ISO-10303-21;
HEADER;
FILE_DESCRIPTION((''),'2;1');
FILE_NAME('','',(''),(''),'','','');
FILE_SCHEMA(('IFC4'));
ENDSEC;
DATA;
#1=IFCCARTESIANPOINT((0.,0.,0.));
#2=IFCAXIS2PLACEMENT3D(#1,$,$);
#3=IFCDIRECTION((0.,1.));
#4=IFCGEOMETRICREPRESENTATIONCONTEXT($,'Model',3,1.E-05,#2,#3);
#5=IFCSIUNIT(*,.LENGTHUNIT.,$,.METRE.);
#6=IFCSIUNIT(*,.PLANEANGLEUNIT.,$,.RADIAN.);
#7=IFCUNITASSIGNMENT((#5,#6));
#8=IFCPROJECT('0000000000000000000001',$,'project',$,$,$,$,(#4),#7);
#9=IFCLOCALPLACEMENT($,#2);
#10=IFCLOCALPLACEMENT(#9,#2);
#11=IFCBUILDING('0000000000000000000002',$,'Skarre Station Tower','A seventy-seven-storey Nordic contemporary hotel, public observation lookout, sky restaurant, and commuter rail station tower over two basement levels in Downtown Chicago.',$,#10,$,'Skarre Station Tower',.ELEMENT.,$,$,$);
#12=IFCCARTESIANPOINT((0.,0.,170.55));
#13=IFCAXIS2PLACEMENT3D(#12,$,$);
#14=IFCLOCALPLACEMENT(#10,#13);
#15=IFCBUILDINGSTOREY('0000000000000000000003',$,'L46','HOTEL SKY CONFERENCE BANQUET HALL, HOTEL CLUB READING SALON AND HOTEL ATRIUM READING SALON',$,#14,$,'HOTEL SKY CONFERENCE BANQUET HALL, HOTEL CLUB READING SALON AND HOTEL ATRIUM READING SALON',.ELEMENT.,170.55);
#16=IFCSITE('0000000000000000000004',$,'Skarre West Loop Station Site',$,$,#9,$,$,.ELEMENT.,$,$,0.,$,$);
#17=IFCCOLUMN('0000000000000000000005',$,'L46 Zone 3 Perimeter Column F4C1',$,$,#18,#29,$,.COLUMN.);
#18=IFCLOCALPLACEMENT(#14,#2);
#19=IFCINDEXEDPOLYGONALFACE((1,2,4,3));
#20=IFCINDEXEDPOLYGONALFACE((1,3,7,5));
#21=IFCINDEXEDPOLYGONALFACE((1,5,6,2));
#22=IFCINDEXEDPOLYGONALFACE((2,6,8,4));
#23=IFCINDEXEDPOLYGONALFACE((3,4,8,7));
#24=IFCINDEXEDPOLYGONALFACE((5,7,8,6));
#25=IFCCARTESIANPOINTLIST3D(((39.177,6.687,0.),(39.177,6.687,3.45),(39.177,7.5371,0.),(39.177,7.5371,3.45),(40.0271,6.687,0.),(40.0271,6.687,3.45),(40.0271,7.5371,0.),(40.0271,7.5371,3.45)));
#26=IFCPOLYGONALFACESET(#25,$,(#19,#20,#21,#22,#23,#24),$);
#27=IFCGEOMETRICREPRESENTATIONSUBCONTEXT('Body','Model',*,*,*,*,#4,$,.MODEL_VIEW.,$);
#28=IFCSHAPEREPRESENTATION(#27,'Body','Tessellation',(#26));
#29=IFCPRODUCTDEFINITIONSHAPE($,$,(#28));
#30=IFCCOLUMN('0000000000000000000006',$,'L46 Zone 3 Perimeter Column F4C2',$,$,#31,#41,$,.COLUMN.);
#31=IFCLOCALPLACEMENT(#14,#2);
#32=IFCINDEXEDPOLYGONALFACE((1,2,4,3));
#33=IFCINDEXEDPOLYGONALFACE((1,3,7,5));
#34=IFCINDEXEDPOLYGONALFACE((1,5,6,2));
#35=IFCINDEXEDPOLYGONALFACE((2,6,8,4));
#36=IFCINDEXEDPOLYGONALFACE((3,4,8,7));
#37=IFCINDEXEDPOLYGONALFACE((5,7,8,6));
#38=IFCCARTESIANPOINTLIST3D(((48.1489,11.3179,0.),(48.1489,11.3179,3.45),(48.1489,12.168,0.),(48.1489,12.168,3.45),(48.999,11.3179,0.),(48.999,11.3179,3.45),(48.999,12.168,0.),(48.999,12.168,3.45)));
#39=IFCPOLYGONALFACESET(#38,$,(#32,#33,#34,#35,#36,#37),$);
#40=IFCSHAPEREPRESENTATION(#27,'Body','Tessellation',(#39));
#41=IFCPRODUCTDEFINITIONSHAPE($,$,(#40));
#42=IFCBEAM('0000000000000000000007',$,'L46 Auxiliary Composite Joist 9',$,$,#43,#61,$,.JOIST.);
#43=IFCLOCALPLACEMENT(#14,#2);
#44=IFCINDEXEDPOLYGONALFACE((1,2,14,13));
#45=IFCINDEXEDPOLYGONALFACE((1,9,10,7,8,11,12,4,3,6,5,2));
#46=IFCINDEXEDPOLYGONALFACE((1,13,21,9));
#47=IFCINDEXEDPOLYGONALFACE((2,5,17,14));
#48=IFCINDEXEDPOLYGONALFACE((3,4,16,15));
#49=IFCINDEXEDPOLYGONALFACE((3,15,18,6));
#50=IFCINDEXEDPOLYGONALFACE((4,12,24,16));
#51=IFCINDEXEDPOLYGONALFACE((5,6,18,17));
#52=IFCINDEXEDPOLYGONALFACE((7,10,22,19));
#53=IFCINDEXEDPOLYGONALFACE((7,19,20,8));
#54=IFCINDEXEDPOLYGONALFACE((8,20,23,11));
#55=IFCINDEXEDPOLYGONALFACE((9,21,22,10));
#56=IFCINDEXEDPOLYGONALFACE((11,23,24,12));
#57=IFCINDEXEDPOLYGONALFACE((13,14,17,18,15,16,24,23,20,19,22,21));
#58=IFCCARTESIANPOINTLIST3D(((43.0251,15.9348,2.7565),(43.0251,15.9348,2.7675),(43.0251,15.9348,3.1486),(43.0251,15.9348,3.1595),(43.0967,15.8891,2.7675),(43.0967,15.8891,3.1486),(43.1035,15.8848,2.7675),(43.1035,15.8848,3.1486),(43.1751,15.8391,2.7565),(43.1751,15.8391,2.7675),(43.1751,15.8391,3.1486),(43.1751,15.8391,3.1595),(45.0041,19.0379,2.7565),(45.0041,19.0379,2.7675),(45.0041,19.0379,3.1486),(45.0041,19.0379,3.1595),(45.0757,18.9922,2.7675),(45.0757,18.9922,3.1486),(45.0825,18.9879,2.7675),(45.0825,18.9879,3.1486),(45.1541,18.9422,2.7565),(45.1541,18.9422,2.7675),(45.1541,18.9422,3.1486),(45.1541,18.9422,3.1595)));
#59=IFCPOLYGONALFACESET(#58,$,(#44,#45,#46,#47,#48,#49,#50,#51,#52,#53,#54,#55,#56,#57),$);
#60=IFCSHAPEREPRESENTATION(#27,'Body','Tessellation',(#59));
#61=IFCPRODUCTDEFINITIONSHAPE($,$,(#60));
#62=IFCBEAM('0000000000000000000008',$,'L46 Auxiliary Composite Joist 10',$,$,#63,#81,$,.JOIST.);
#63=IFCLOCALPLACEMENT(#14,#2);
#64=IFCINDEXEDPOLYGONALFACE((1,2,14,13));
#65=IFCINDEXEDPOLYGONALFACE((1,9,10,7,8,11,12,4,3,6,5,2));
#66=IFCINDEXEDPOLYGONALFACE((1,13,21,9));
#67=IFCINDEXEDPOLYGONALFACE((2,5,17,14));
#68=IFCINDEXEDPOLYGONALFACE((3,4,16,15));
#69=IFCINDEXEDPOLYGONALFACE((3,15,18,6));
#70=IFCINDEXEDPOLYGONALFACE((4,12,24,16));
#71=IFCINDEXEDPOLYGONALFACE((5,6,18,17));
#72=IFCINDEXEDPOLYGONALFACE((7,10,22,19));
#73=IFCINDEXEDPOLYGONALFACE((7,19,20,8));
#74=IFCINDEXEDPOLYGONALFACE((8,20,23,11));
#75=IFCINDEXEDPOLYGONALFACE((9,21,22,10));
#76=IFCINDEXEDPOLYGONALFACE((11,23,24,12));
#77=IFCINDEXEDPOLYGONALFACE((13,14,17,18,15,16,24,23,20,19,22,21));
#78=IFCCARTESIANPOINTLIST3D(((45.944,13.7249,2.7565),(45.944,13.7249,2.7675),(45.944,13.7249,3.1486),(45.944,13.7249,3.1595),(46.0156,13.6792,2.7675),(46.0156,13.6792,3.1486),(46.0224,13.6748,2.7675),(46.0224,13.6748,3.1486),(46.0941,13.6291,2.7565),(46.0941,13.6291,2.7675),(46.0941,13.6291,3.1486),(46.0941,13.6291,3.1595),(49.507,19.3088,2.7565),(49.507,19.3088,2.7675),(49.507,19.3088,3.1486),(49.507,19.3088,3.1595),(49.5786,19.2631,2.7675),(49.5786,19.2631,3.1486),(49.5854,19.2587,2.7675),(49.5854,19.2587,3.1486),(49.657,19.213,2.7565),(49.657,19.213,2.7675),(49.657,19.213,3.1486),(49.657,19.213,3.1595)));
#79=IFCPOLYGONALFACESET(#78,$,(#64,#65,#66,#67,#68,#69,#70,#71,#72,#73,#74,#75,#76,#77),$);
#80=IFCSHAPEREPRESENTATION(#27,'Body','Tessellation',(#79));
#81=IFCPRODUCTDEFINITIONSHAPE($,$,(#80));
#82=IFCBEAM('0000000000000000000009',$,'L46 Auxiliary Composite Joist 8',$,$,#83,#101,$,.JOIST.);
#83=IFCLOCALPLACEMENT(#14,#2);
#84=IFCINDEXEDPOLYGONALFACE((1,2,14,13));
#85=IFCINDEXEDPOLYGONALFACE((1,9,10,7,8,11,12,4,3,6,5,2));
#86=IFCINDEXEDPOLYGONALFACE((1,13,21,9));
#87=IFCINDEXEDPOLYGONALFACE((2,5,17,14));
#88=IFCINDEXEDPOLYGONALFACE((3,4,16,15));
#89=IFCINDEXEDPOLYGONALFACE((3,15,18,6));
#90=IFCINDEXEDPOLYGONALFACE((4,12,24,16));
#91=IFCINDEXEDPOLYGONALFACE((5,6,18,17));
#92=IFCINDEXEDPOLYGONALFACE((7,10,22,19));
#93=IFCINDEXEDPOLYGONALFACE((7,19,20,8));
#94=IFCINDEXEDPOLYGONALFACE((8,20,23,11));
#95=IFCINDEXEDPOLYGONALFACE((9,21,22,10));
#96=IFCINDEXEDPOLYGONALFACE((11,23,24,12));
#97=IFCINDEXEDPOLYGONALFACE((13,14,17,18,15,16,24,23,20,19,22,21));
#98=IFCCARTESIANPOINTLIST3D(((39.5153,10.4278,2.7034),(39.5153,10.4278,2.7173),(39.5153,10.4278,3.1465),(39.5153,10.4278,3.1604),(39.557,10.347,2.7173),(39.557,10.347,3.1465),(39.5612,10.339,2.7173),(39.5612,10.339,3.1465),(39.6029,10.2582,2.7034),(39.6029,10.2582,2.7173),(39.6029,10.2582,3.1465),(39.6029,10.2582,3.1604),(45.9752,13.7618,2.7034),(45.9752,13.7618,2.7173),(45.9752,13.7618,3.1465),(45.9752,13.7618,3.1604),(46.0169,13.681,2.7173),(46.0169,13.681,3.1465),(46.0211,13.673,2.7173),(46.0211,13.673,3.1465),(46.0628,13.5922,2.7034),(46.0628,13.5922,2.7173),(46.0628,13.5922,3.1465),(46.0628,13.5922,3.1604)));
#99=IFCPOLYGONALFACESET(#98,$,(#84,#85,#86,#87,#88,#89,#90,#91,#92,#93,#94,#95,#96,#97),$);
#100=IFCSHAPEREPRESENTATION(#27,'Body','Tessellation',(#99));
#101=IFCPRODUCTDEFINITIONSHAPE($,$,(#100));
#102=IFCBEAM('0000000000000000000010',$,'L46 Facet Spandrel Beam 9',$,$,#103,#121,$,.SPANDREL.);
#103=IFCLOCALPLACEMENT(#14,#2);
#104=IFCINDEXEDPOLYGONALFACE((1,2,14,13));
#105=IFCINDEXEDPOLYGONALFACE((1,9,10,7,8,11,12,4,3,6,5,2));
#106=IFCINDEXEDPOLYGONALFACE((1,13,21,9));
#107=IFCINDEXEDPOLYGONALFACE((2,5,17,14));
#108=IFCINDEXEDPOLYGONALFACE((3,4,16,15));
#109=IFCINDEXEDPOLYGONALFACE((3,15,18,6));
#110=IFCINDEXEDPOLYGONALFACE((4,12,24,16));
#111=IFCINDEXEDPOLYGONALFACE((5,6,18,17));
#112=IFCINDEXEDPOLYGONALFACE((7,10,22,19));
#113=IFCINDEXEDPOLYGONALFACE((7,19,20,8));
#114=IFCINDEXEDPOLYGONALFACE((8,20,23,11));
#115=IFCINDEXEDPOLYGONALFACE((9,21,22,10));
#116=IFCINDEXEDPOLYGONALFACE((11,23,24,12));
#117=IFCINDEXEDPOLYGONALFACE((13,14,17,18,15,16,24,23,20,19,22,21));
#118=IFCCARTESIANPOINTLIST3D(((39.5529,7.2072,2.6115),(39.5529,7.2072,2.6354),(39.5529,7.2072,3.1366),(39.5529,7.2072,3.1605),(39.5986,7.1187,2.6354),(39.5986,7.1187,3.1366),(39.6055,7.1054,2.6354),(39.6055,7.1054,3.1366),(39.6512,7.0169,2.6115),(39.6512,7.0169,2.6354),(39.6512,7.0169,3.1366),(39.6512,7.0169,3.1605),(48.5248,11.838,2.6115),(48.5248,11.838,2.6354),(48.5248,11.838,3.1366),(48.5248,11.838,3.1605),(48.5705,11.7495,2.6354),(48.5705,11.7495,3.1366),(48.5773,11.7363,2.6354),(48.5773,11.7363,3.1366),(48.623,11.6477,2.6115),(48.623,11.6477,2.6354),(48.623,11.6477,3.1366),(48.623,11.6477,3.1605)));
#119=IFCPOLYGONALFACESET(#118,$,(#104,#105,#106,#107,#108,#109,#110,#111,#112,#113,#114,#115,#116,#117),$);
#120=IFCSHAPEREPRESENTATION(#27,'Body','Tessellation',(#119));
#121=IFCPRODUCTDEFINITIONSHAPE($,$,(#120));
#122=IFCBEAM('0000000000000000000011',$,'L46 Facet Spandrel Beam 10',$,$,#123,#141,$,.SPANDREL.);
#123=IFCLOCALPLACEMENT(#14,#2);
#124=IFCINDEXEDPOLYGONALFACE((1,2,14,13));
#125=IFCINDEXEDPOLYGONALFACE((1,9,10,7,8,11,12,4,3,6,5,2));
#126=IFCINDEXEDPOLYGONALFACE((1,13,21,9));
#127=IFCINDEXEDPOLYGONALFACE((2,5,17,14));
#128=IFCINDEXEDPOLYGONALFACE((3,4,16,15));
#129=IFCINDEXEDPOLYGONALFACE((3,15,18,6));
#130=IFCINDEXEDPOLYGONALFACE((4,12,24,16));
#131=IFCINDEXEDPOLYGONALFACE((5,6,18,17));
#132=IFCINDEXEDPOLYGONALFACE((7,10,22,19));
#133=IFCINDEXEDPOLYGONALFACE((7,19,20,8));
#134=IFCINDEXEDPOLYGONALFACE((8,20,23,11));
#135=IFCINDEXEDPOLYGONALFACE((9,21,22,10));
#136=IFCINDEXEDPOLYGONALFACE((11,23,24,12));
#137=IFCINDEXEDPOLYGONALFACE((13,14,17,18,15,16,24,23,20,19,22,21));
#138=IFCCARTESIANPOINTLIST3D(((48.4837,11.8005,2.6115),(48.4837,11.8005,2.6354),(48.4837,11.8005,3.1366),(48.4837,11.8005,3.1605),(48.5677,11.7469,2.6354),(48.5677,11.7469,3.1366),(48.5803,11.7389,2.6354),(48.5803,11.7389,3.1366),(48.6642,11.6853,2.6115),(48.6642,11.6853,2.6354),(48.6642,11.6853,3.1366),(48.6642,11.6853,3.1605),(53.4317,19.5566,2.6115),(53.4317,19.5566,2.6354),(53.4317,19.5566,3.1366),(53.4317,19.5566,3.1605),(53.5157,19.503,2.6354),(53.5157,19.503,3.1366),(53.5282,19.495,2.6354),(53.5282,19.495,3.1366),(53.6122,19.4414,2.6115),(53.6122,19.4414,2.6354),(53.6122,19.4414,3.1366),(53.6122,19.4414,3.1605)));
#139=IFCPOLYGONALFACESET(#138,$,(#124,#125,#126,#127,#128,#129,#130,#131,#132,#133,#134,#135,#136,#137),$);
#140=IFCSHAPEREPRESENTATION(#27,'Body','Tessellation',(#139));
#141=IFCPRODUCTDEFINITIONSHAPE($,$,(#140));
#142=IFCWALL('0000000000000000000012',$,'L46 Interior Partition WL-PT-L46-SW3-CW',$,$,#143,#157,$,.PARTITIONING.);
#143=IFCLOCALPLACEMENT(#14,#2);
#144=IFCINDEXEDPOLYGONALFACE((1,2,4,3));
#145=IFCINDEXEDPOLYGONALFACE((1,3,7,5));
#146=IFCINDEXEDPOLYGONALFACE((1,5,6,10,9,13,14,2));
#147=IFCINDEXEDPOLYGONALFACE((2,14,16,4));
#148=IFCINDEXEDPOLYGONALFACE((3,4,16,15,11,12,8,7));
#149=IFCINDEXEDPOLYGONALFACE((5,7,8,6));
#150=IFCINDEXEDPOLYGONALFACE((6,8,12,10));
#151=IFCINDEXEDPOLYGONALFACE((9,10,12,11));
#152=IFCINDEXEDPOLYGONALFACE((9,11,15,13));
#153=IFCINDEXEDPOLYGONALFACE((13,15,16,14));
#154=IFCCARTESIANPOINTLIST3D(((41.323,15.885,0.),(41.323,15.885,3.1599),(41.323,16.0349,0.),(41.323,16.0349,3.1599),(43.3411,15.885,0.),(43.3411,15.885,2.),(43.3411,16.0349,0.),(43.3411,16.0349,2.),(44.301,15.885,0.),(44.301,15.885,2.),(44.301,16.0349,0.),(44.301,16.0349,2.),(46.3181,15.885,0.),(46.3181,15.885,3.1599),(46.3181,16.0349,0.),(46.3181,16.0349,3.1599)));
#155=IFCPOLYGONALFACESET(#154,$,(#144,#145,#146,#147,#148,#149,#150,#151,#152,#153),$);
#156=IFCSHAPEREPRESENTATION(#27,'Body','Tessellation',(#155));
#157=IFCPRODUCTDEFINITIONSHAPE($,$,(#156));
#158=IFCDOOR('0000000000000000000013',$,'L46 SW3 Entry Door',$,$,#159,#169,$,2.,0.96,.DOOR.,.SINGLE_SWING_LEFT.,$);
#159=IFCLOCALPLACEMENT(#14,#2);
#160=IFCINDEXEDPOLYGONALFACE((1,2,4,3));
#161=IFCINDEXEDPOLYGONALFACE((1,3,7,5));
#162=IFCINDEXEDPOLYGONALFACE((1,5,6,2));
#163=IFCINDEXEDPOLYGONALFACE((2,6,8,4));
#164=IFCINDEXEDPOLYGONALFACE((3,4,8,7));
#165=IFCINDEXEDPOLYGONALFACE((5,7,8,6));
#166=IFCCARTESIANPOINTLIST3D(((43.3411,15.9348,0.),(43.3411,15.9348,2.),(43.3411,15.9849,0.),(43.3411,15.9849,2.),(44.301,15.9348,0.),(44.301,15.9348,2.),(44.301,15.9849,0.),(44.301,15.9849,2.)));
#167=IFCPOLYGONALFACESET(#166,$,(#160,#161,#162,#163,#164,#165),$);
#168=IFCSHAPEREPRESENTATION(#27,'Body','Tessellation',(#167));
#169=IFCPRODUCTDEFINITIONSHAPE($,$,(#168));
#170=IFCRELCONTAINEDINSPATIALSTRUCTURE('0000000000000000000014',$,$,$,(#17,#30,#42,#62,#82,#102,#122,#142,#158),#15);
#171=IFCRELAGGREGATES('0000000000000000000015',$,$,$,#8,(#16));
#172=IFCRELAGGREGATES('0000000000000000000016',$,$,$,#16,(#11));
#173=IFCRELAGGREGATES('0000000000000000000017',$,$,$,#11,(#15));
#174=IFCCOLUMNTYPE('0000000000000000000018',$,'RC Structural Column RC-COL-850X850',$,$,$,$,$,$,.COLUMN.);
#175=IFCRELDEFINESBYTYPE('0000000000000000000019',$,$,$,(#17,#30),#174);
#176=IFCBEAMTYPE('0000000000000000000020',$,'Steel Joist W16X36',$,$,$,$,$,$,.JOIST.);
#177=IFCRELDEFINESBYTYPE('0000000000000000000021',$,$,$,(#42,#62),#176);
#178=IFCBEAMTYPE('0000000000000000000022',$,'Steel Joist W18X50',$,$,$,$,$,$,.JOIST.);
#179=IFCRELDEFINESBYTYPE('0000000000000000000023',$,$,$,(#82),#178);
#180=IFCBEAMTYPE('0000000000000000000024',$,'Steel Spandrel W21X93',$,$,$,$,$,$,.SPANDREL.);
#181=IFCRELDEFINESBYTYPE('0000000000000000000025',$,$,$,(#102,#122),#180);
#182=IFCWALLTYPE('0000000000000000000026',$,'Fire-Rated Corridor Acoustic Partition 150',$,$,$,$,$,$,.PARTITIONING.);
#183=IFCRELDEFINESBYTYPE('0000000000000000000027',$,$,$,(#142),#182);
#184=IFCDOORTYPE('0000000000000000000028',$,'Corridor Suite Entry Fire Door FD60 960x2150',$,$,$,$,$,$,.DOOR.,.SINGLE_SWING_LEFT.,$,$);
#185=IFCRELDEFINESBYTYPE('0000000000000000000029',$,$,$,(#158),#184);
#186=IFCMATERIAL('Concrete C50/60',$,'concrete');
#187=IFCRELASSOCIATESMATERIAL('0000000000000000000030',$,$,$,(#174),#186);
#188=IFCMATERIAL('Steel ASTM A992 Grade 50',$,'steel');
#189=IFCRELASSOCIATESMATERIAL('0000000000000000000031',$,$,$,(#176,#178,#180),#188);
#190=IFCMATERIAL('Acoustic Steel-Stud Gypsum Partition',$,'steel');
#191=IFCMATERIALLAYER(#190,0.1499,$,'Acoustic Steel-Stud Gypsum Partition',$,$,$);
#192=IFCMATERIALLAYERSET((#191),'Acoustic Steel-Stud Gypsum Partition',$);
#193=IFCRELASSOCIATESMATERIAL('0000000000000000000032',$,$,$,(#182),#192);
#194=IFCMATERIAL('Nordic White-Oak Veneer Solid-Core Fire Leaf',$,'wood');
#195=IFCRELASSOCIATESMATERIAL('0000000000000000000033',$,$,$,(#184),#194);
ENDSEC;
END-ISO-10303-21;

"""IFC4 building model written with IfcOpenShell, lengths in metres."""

from ifc_helpers import new_model, si_unit, direction, frame, frame_2d, origin, origin_2d, place, context, subcontext, project, spatial, rectangle, i_section, extrude, material, layer, layer_set, material_profile, profile_set, type_object, element, fill, save


model = new_model("IFC4")

# Units and contexts
model_context = context("Model", 3, precision=1e-05, world=origin(), true_north=direction((0.0, 1.0)))
body_context = subcontext(model_context, "Body", "Model", "MODEL_VIEW")
ifc_project = project(units=[si_unit("LENGTHUNIT", "METRE"), si_unit("PLANEANGLEUNIT", "RADIAN")], contexts=[model_context])

# Site, building, storey
site_placement = place(None, origin())
site = spatial("IfcSite", under=ifc_project, at=site_placement, Name="Skarre West Loop Station Site", CompositionType="ELEMENT", RefElevation=0.0)
building_placement = place(site_placement, origin())
building = spatial("IfcBuilding", under=site, at=building_placement, Name="Skarre Station Tower", Description="A seventy-seven-storey Nordic contemporary hotel, public observation lookout, sky restaurant, and commuter rail station tower over two basement levels in Downtown Chicago.", LongName="Skarre Station Tower", CompositionType="ELEMENT")
storey_placement = place(building_placement, frame((0.0, 0.0, 170.55)))
storey = spatial("IfcBuildingStorey", under=building, at=storey_placement, Name="L46", Description="HOTEL SKY CONFERENCE BANQUET HALL, HOTEL CLUB READING SALON AND HOTEL ATRIUM READING SALON", LongName="HOTEL SKY CONFERENCE BANQUET HALL, HOTEL CLUB READING SALON AND HOTEL ATRIUM READING SALON", CompositionType="ELEMENT", Elevation=170.55)

# Columns
ifc_material_1 = material(Name="Concrete C50/60", Category="concrete")
ifc_material_profile_1 = material_profile(ifc_material_1, rectangle(XDim=0.8501, YDim=0.8501, at=origin_2d()), Name="Concrete C50/60")
ifc_profile_set_1 = profile_set([ifc_material_profile_1], Name="Concrete C50/60")
column_type = type_object("IfcColumnType", Name="RC Structural Column RC-COL-850X850", PredefinedType="COLUMN", material=ifc_profile_set_1)
for number, where, z_axis, x_axis, name in (
    (1, (39.6021, 7.1121, 0.0), (0.0, 0.0, 1.0), (1.0, 0.0, 0.0), "L46 Zone 3 Perimeter Column F4C1"),
    (2, (48.574, 11.7429, 0.0), (0.0, 0.0, 1.0), (1.0, 0.0, 0.0), "L46 Zone 3 Perimeter Column F4C2"),
):
    element("IfcColumn", number, at=place(storey_placement, frame(where, z_axis=z_axis, x_axis=x_axis)), inside=storey, type_object=column_type, Name=name, PredefinedType="COLUMN", context=body_context, shape_type="SweptSolid", body=[
        extrude(rectangle(XDim=0.8501, YDim=0.8501, at=origin_2d()), origin(), (0.0, 0.0, 1.0), 3.45),
    ])

# Beams
ifc_material_2 = material(Name="Steel ASTM A992 Grade 50", Category="steel")
ifc_material_profile_2 = material_profile(ifc_material_2, i_section(OverallWidth=0.178, OverallDepth=0.4031, WebThickness=0.0081, FlangeThickness=0.011, at=origin_2d()), Name="Steel ASTM A992 Grade 50")
ifc_profile_set_2 = profile_set([ifc_material_profile_2], Name="Steel ASTM A992 Grade 50")
beam_type_1 = type_object("IfcBeamType", Name="Steel Joist W16X36", PredefinedType="JOIST", material=ifc_profile_set_2)
beam_1_placement = place(storey_placement, frame((43.1001, 15.887, 2.958), z_axis=(0.537717, 0.843126, 0.0), x_axis=(-0.843126, 0.537717, 0.0)))
element("IfcBeam", 3, at=beam_1_placement, inside=storey, type_object=beam_type_1, Name="L46 Auxiliary Composite Joist 9", PredefinedType="JOIST", context=body_context, shape_type="SweptSolid", body=[
    extrude(i_section(OverallWidth=0.178, OverallDepth=0.4031, WebThickness=0.0081, FlangeThickness=0.011, at=origin_2d()), origin(), (0.0, 0.0, 1.0), 3.6804),
])
beam_2_placement = place(storey_placement, frame((46.019, 13.677, 2.958), z_axis=(0.537901, 0.843008, 0.0), x_axis=(-0.843008, 0.537901, 0.0)))
element("IfcBeam", 4, at=beam_2_placement, inside=storey, type_object=beam_type_1, Name="L46 Auxiliary Composite Joist 10", PredefinedType="JOIST", context=body_context, shape_type="SweptSolid", body=[
    extrude(i_section(OverallWidth=0.178, OverallDepth=0.4031, WebThickness=0.0081, FlangeThickness=0.011, at=origin_2d()), origin(), (0.0, 0.0, 1.0), 6.6238),
])
ifc_material_profile_3 = material_profile(ifc_material_2, i_section(OverallWidth=0.1909, OverallDepth=0.457, WebThickness=0.009, FlangeThickness=0.0139, at=origin_2d()), Name="Steel ASTM A992 Grade 50")
ifc_profile_set_3 = profile_set([ifc_material_profile_3], Name="Steel ASTM A992 Grade 50")
beam_type_2 = type_object("IfcBeamType", Name="Steel Joist W18X50", PredefinedType="JOIST", material=ifc_profile_set_3)
beam_3_placement = place(storey_placement, frame((39.5591, 10.343, 2.9319), z_axis=(0.888631, 0.458622, 0.0), x_axis=(-0.458622, 0.888631, 0.0)))
element("IfcBeam", 5, at=beam_3_placement, inside=storey, type_object=beam_type_2, Name="L46 Auxiliary Composite Joist 8", PredefinedType="JOIST", context=body_context, shape_type="SweptSolid", body=[
    extrude(i_section(OverallWidth=0.1909, OverallDepth=0.457, WebThickness=0.009, FlangeThickness=0.0139, at=origin_2d()), origin(), (0.0, 0.0, 1.0), 7.2695),
])
ifc_material_profile_4 = material_profile(ifc_material_2, i_section(OverallWidth=0.2141, OverallDepth=0.5491, WebThickness=0.0149, FlangeThickness=0.0239, at=origin_2d()), Name="Steel ASTM A992 Grade 50")
ifc_profile_set_4 = profile_set([ifc_material_profile_4], Name="Steel ASTM A992 Grade 50")
beam_type_3 = type_object("IfcBeamType", Name="Steel Spandrel W21X93", PredefinedType="SPANDREL", material=ifc_profile_set_4)
beam_4_placement = place(storey_placement, frame((39.6021, 7.1121, 2.886), z_axis=(0.888613, 0.458658, 0.0), x_axis=(-0.458658, 0.888613, 0.0)))
element("IfcBeam", 6, at=beam_4_placement, inside=storey, type_object=beam_type_3, Name="L46 Facet Spandrel Beam 9", PredefinedType="SPANDREL", context=body_context, shape_type="SweptSolid", body=[
    extrude(i_section(OverallWidth=0.2141, OverallDepth=0.5491, WebThickness=0.0149, FlangeThickness=0.0239, at=origin_2d()), origin(), (0.0, 0.0, 1.0), 10.0964),
])
beam_5_placement = place(storey_placement, frame((48.574, 11.7429, 2.886), z_axis=(0.537826, 0.843056, 0.0), x_axis=(-0.843056, 0.537826, 0.0)))
element("IfcBeam", 7, at=beam_5_placement, inside=storey, type_object=beam_type_3, Name="L46 Facet Spandrel Beam 10", PredefinedType="SPANDREL", context=body_context, shape_type="SweptSolid", body=[
    extrude(i_section(OverallWidth=0.2141, OverallDepth=0.5491, WebThickness=0.0149, FlangeThickness=0.0239, at=origin_2d()), origin(), (0.0, 0.0, 1.0), 9.2),
])

# Wall, opening, door
ifc_material_3 = material(Name="Acoustic Steel-Stud Gypsum Partition", Category="steel")
ifc_layer_1 = layer(ifc_material_3, 0.1499, Name="Acoustic Steel-Stud Gypsum Partition")
ifc_layer_set_1 = layer_set([ifc_layer_1], Name="Acoustic Steel-Stud Gypsum Partition")
wall_type_1 = type_object("IfcWallType", Name="Fire-Rated Corridor Acoustic Partition 150", PredefinedType="PARTITIONING", material=ifc_layer_set_1)
wall_1_placement = place(storey_placement, frame((41.323, 15.96, 0.0), z_axis=(0.0, 0.0, 1.0), x_axis=(1.0, 0.0, 0.0)))
wall_1 = element("IfcWall", 8, at=wall_1_placement, inside=storey, type_object=wall_type_1, Name="L46 Interior Partition WL-PT-L46-SW3-CW", PredefinedType="PARTITIONING", context=body_context, shape_type="SweptSolid", body=[
    extrude(rectangle(XDim=4.9951, YDim=0.1499, at=frame_2d((2.4976, 0.0))), origin(), (0.0, 0.0, 1.0), 3.1599),
])
opening_1_placement = place(wall_1_placement, frame((2.0181, 0.0, 0.0)))
opening_1 = element("IfcOpeningElement", 9, at=opening_1_placement, cuts=wall_1, PredefinedType="OPENING", context=body_context, shape_type="SweptSolid", body=[
    extrude(rectangle(XDim=0.96, YDim=2.0, at=frame_2d((0.48, 1.0))), frame((0.0, 0.085, 0.0), z_axis=(0.0, -1.0, 0.0), x_axis=(1.0, 0.0, 0.0)), (0.0, 0.0, 1.0), 0.1699),
])
ifc_material_4 = material(Name="Nordic White-Oak Veneer Solid-Core Fire Leaf", Category="wood")
door_type = type_object("IfcDoorType", Name="Corridor Suite Entry Fire Door FD60 960x2150", OperationType="SINGLE_SWING_LEFT", PredefinedType="DOOR", material=ifc_material_4)
door_placement = place(opening_1_placement, origin())
door = element("IfcDoor", 10, at=door_placement, inside=storey, type_object=door_type, Name="L46 SW3 Entry Door", OperationType="SINGLE_SWING_LEFT", OverallHeight=2.0, OverallWidth=0.96, PredefinedType="DOOR", context=body_context, shape_type="SweptSolid", body=[
    extrude(rectangle(XDim=0.96, YDim=2.0, at=frame_2d((0.48, 1.0))), frame((0.0, 0.0249, 0.0), z_axis=(0.0, -1.0, 0.0), x_axis=(1.0, 0.0, 0.0)), (0.0, 0.0, 1.0), 0.05),
])
fill(opening_1, door)

save(model, "model.ifc")
